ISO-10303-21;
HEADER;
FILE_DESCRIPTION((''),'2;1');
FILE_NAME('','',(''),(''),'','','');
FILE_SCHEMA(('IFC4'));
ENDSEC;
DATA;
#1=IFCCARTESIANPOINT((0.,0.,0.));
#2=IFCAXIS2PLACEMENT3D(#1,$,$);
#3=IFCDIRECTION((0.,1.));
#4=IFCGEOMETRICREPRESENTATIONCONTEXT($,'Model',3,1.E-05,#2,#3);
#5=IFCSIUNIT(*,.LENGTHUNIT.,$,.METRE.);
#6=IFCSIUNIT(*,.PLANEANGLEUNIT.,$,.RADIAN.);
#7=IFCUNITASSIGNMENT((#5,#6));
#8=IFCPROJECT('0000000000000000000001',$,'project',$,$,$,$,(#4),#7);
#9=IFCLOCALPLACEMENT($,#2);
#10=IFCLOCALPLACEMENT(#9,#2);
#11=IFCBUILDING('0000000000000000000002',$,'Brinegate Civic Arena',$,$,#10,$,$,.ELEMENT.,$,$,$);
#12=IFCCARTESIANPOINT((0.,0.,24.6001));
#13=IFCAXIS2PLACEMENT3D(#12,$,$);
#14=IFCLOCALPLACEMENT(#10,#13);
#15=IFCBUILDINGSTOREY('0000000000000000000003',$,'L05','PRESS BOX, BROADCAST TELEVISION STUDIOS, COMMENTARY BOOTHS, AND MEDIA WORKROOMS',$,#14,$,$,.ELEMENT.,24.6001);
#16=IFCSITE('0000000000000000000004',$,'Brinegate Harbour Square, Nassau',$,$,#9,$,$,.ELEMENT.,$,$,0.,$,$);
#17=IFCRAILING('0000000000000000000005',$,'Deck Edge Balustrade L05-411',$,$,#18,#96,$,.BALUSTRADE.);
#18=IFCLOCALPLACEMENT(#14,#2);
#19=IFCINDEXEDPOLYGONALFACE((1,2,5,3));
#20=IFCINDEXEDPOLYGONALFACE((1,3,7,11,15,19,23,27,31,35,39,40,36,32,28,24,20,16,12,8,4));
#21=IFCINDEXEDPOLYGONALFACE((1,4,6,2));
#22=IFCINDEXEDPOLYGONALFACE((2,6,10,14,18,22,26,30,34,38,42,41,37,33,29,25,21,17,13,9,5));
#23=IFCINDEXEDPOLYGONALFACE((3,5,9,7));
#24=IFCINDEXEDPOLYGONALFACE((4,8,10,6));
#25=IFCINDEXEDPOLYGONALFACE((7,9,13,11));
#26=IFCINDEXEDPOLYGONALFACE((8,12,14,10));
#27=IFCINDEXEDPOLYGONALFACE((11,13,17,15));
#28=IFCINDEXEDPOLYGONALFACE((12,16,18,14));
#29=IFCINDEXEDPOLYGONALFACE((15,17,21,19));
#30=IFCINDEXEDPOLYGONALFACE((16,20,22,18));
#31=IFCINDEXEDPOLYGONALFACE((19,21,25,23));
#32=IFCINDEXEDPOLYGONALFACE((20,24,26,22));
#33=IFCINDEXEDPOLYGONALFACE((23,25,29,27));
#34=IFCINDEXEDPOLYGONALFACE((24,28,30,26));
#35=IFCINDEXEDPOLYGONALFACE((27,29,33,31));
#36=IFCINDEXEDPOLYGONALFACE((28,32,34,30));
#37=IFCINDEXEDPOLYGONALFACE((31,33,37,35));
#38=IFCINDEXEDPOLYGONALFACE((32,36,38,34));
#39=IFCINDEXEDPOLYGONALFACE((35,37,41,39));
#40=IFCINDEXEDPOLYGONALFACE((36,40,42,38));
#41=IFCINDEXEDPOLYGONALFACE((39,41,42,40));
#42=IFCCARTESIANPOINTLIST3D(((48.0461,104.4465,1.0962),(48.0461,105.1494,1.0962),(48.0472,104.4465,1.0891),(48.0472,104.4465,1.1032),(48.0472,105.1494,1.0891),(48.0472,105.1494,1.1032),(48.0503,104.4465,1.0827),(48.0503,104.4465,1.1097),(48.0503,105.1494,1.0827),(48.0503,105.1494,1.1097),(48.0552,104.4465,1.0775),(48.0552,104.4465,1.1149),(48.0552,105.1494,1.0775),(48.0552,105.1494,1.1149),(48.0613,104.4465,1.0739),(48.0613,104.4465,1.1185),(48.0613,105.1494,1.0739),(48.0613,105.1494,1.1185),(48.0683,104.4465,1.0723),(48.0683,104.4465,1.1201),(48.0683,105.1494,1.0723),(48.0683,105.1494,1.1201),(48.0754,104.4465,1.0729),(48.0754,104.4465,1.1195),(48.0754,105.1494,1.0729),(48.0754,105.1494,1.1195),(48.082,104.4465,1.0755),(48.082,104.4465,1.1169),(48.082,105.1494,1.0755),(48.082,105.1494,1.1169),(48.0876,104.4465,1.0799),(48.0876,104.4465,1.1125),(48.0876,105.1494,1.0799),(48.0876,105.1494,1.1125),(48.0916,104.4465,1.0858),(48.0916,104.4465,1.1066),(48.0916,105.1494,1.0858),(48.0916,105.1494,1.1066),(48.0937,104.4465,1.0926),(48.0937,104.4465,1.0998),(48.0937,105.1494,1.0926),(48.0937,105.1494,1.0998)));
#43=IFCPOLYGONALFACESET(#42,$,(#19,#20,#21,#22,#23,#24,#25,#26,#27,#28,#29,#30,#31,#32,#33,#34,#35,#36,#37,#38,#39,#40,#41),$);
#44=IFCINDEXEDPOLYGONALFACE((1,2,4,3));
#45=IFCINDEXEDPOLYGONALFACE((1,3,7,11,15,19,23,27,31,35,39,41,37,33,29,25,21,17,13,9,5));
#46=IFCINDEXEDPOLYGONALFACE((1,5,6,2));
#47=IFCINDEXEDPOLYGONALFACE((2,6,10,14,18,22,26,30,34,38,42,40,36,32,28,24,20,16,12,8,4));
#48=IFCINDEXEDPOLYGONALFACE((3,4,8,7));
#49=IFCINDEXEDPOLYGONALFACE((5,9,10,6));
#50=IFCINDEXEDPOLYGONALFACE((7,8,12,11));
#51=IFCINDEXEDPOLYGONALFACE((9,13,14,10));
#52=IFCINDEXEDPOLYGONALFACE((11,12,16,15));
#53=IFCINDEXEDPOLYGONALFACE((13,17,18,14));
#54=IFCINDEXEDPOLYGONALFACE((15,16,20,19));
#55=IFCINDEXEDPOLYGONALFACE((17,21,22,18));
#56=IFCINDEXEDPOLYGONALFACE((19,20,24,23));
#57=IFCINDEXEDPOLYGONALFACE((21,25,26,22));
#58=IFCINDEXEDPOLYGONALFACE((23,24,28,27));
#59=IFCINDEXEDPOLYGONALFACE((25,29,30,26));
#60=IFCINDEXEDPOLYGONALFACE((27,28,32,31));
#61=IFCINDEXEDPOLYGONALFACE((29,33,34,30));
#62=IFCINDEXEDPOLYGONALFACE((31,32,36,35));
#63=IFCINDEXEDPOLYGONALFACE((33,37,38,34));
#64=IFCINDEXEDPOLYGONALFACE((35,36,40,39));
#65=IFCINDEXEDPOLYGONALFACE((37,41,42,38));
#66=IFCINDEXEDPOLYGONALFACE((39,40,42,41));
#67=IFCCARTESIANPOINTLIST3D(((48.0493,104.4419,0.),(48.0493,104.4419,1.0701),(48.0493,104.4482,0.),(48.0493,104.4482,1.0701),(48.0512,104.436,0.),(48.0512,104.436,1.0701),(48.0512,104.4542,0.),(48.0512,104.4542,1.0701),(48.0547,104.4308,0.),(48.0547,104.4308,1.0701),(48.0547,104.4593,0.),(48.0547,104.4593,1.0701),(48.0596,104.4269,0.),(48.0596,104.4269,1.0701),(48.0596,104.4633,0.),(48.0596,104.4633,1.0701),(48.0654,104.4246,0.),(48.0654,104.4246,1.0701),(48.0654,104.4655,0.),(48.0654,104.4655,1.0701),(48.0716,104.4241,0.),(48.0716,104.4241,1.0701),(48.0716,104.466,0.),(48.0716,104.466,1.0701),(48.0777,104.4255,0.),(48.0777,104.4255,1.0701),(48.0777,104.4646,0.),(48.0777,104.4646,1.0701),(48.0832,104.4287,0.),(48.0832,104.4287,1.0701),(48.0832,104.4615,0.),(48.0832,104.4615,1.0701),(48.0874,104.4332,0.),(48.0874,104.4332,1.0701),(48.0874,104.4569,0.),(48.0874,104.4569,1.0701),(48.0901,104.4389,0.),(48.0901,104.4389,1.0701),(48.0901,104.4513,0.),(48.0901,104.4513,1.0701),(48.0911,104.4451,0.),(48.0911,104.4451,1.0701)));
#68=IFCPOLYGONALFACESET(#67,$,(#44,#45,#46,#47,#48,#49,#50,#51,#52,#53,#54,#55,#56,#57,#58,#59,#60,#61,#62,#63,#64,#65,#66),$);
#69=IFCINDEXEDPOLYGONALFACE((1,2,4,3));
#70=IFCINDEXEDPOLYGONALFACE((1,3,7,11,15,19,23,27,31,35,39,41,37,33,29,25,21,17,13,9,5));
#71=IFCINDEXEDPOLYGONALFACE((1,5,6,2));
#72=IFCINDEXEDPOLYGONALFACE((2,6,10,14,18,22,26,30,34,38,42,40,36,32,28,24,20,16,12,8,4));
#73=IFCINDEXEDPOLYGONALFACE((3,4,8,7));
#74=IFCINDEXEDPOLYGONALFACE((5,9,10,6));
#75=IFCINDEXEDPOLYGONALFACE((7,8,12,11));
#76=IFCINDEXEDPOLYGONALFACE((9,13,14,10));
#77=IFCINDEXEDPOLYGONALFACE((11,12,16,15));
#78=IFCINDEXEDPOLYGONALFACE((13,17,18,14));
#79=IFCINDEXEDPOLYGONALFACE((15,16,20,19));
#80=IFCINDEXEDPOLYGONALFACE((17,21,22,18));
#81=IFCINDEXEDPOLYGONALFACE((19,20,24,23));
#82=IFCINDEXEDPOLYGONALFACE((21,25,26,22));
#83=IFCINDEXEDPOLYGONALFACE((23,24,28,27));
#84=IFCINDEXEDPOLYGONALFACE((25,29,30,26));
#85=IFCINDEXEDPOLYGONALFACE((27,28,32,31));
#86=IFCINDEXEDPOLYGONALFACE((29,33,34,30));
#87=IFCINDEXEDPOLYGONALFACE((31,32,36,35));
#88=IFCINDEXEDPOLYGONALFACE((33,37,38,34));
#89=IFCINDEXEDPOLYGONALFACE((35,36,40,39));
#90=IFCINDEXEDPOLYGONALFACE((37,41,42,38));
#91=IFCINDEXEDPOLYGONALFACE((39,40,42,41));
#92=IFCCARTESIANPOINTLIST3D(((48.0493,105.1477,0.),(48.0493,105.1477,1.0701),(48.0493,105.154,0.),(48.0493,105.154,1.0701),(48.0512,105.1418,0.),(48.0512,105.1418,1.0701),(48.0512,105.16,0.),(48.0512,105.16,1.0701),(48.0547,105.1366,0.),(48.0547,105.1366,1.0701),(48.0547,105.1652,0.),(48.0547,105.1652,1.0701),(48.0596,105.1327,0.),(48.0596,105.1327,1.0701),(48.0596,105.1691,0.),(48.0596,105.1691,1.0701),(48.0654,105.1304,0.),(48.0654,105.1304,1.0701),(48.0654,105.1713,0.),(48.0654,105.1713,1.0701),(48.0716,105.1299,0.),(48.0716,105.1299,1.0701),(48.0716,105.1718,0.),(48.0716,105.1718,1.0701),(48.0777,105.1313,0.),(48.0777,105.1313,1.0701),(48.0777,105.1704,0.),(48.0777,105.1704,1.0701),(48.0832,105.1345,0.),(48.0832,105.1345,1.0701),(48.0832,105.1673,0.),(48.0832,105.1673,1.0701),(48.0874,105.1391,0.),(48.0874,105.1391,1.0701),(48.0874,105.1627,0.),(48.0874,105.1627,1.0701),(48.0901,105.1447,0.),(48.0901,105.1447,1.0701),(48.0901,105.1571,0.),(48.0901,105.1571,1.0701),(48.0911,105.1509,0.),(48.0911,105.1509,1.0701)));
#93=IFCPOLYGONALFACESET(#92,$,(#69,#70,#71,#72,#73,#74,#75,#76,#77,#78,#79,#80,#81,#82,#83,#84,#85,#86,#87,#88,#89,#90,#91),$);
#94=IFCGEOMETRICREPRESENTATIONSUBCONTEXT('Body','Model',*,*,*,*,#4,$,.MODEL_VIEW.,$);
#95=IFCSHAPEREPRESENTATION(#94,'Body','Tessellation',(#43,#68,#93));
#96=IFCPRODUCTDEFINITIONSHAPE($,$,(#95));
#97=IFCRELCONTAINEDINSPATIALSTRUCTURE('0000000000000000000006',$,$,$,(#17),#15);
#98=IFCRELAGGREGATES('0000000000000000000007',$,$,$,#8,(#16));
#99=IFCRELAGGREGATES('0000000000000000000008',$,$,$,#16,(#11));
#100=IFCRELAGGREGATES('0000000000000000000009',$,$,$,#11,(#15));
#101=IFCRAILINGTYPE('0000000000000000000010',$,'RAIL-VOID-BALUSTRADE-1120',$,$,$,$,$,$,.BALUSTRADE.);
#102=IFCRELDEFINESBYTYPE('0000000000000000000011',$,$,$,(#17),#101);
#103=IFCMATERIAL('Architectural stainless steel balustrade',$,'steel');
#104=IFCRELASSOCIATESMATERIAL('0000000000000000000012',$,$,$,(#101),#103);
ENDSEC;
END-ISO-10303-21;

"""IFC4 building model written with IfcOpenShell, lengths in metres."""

from ifc_helpers import new_model, si_unit, direction, frame, origin, origin_2d, place, context, subcontext, project, spatial, circle, extrude, material, type_object, element, save


model = new_model("IFC4")

# Units and contexts
model_context = context("Model", 3, precision=1e-05, world=origin(), true_north=direction((0.0, 1.0)))
body_context = subcontext(model_context, "Body", "Model", "MODEL_VIEW")
ifc_project = project(units=[si_unit("LENGTHUNIT", "METRE"), si_unit("PLANEANGLEUNIT", "RADIAN")], contexts=[model_context])

# Site, building, storey
site_placement = place(None, origin())
site = spatial("IfcSite", under=ifc_project, at=site_placement, Name="Brinegate Harbour Square, Nassau", CompositionType="ELEMENT", RefElevation=0.0)
building_placement = place(site_placement, origin())
building = spatial("IfcBuilding", under=site, at=building_placement, Name="Brinegate Civic Arena", CompositionType="ELEMENT")
storey_placement = place(building_placement, frame((0.0, 0.0, 24.6001)))
storey = spatial("IfcBuildingStorey", under=building, at=storey_placement, Name="L05", Description="PRESS BOX, BROADCAST TELEVISION STUDIOS, COMMENTARY BOOTHS, AND MEDIA WORKROOMS", CompositionType="ELEMENT", Elevation=24.6001)

# Railing
ifc_material_1 = material(Name="Architectural stainless steel balustrade", Category="steel")
railing_type = type_object("IfcRailingType", Name="RAIL-VOID-BALUSTRADE-1120", PredefinedType="BALUSTRADE", material=ifc_material_1)
railing_placement = place(storey_placement, frame((48.0701, 104.4451, 0.0)))
element("IfcRailing", 1, at=railing_placement, inside=storey, type_object=railing_type, Name="Deck Edge Balustrade L05-411", PredefinedType="BALUSTRADE", context=body_context, shape_type="SweptSolid", body=[
    extrude(circle(Radius=0.0239, at=origin_2d()), frame((0.0, 0.0015, 1.0962), z_axis=(0.0, 1.0, 0.0), x_axis=(-1.0, 0.0, 0.0)), (0.0, 0.0, 1.0), 0.7029),
    extrude(circle(Radius=0.021, at=origin_2d()), origin(), (0.0, 0.0, 1.0), 1.0701),
    extrude(circle(Radius=0.021, at=origin_2d()), frame((0.0, 0.7058, 0.0)), (0.0, 0.0, 1.0), 1.0701),
])

save(model, "model.ifc")
